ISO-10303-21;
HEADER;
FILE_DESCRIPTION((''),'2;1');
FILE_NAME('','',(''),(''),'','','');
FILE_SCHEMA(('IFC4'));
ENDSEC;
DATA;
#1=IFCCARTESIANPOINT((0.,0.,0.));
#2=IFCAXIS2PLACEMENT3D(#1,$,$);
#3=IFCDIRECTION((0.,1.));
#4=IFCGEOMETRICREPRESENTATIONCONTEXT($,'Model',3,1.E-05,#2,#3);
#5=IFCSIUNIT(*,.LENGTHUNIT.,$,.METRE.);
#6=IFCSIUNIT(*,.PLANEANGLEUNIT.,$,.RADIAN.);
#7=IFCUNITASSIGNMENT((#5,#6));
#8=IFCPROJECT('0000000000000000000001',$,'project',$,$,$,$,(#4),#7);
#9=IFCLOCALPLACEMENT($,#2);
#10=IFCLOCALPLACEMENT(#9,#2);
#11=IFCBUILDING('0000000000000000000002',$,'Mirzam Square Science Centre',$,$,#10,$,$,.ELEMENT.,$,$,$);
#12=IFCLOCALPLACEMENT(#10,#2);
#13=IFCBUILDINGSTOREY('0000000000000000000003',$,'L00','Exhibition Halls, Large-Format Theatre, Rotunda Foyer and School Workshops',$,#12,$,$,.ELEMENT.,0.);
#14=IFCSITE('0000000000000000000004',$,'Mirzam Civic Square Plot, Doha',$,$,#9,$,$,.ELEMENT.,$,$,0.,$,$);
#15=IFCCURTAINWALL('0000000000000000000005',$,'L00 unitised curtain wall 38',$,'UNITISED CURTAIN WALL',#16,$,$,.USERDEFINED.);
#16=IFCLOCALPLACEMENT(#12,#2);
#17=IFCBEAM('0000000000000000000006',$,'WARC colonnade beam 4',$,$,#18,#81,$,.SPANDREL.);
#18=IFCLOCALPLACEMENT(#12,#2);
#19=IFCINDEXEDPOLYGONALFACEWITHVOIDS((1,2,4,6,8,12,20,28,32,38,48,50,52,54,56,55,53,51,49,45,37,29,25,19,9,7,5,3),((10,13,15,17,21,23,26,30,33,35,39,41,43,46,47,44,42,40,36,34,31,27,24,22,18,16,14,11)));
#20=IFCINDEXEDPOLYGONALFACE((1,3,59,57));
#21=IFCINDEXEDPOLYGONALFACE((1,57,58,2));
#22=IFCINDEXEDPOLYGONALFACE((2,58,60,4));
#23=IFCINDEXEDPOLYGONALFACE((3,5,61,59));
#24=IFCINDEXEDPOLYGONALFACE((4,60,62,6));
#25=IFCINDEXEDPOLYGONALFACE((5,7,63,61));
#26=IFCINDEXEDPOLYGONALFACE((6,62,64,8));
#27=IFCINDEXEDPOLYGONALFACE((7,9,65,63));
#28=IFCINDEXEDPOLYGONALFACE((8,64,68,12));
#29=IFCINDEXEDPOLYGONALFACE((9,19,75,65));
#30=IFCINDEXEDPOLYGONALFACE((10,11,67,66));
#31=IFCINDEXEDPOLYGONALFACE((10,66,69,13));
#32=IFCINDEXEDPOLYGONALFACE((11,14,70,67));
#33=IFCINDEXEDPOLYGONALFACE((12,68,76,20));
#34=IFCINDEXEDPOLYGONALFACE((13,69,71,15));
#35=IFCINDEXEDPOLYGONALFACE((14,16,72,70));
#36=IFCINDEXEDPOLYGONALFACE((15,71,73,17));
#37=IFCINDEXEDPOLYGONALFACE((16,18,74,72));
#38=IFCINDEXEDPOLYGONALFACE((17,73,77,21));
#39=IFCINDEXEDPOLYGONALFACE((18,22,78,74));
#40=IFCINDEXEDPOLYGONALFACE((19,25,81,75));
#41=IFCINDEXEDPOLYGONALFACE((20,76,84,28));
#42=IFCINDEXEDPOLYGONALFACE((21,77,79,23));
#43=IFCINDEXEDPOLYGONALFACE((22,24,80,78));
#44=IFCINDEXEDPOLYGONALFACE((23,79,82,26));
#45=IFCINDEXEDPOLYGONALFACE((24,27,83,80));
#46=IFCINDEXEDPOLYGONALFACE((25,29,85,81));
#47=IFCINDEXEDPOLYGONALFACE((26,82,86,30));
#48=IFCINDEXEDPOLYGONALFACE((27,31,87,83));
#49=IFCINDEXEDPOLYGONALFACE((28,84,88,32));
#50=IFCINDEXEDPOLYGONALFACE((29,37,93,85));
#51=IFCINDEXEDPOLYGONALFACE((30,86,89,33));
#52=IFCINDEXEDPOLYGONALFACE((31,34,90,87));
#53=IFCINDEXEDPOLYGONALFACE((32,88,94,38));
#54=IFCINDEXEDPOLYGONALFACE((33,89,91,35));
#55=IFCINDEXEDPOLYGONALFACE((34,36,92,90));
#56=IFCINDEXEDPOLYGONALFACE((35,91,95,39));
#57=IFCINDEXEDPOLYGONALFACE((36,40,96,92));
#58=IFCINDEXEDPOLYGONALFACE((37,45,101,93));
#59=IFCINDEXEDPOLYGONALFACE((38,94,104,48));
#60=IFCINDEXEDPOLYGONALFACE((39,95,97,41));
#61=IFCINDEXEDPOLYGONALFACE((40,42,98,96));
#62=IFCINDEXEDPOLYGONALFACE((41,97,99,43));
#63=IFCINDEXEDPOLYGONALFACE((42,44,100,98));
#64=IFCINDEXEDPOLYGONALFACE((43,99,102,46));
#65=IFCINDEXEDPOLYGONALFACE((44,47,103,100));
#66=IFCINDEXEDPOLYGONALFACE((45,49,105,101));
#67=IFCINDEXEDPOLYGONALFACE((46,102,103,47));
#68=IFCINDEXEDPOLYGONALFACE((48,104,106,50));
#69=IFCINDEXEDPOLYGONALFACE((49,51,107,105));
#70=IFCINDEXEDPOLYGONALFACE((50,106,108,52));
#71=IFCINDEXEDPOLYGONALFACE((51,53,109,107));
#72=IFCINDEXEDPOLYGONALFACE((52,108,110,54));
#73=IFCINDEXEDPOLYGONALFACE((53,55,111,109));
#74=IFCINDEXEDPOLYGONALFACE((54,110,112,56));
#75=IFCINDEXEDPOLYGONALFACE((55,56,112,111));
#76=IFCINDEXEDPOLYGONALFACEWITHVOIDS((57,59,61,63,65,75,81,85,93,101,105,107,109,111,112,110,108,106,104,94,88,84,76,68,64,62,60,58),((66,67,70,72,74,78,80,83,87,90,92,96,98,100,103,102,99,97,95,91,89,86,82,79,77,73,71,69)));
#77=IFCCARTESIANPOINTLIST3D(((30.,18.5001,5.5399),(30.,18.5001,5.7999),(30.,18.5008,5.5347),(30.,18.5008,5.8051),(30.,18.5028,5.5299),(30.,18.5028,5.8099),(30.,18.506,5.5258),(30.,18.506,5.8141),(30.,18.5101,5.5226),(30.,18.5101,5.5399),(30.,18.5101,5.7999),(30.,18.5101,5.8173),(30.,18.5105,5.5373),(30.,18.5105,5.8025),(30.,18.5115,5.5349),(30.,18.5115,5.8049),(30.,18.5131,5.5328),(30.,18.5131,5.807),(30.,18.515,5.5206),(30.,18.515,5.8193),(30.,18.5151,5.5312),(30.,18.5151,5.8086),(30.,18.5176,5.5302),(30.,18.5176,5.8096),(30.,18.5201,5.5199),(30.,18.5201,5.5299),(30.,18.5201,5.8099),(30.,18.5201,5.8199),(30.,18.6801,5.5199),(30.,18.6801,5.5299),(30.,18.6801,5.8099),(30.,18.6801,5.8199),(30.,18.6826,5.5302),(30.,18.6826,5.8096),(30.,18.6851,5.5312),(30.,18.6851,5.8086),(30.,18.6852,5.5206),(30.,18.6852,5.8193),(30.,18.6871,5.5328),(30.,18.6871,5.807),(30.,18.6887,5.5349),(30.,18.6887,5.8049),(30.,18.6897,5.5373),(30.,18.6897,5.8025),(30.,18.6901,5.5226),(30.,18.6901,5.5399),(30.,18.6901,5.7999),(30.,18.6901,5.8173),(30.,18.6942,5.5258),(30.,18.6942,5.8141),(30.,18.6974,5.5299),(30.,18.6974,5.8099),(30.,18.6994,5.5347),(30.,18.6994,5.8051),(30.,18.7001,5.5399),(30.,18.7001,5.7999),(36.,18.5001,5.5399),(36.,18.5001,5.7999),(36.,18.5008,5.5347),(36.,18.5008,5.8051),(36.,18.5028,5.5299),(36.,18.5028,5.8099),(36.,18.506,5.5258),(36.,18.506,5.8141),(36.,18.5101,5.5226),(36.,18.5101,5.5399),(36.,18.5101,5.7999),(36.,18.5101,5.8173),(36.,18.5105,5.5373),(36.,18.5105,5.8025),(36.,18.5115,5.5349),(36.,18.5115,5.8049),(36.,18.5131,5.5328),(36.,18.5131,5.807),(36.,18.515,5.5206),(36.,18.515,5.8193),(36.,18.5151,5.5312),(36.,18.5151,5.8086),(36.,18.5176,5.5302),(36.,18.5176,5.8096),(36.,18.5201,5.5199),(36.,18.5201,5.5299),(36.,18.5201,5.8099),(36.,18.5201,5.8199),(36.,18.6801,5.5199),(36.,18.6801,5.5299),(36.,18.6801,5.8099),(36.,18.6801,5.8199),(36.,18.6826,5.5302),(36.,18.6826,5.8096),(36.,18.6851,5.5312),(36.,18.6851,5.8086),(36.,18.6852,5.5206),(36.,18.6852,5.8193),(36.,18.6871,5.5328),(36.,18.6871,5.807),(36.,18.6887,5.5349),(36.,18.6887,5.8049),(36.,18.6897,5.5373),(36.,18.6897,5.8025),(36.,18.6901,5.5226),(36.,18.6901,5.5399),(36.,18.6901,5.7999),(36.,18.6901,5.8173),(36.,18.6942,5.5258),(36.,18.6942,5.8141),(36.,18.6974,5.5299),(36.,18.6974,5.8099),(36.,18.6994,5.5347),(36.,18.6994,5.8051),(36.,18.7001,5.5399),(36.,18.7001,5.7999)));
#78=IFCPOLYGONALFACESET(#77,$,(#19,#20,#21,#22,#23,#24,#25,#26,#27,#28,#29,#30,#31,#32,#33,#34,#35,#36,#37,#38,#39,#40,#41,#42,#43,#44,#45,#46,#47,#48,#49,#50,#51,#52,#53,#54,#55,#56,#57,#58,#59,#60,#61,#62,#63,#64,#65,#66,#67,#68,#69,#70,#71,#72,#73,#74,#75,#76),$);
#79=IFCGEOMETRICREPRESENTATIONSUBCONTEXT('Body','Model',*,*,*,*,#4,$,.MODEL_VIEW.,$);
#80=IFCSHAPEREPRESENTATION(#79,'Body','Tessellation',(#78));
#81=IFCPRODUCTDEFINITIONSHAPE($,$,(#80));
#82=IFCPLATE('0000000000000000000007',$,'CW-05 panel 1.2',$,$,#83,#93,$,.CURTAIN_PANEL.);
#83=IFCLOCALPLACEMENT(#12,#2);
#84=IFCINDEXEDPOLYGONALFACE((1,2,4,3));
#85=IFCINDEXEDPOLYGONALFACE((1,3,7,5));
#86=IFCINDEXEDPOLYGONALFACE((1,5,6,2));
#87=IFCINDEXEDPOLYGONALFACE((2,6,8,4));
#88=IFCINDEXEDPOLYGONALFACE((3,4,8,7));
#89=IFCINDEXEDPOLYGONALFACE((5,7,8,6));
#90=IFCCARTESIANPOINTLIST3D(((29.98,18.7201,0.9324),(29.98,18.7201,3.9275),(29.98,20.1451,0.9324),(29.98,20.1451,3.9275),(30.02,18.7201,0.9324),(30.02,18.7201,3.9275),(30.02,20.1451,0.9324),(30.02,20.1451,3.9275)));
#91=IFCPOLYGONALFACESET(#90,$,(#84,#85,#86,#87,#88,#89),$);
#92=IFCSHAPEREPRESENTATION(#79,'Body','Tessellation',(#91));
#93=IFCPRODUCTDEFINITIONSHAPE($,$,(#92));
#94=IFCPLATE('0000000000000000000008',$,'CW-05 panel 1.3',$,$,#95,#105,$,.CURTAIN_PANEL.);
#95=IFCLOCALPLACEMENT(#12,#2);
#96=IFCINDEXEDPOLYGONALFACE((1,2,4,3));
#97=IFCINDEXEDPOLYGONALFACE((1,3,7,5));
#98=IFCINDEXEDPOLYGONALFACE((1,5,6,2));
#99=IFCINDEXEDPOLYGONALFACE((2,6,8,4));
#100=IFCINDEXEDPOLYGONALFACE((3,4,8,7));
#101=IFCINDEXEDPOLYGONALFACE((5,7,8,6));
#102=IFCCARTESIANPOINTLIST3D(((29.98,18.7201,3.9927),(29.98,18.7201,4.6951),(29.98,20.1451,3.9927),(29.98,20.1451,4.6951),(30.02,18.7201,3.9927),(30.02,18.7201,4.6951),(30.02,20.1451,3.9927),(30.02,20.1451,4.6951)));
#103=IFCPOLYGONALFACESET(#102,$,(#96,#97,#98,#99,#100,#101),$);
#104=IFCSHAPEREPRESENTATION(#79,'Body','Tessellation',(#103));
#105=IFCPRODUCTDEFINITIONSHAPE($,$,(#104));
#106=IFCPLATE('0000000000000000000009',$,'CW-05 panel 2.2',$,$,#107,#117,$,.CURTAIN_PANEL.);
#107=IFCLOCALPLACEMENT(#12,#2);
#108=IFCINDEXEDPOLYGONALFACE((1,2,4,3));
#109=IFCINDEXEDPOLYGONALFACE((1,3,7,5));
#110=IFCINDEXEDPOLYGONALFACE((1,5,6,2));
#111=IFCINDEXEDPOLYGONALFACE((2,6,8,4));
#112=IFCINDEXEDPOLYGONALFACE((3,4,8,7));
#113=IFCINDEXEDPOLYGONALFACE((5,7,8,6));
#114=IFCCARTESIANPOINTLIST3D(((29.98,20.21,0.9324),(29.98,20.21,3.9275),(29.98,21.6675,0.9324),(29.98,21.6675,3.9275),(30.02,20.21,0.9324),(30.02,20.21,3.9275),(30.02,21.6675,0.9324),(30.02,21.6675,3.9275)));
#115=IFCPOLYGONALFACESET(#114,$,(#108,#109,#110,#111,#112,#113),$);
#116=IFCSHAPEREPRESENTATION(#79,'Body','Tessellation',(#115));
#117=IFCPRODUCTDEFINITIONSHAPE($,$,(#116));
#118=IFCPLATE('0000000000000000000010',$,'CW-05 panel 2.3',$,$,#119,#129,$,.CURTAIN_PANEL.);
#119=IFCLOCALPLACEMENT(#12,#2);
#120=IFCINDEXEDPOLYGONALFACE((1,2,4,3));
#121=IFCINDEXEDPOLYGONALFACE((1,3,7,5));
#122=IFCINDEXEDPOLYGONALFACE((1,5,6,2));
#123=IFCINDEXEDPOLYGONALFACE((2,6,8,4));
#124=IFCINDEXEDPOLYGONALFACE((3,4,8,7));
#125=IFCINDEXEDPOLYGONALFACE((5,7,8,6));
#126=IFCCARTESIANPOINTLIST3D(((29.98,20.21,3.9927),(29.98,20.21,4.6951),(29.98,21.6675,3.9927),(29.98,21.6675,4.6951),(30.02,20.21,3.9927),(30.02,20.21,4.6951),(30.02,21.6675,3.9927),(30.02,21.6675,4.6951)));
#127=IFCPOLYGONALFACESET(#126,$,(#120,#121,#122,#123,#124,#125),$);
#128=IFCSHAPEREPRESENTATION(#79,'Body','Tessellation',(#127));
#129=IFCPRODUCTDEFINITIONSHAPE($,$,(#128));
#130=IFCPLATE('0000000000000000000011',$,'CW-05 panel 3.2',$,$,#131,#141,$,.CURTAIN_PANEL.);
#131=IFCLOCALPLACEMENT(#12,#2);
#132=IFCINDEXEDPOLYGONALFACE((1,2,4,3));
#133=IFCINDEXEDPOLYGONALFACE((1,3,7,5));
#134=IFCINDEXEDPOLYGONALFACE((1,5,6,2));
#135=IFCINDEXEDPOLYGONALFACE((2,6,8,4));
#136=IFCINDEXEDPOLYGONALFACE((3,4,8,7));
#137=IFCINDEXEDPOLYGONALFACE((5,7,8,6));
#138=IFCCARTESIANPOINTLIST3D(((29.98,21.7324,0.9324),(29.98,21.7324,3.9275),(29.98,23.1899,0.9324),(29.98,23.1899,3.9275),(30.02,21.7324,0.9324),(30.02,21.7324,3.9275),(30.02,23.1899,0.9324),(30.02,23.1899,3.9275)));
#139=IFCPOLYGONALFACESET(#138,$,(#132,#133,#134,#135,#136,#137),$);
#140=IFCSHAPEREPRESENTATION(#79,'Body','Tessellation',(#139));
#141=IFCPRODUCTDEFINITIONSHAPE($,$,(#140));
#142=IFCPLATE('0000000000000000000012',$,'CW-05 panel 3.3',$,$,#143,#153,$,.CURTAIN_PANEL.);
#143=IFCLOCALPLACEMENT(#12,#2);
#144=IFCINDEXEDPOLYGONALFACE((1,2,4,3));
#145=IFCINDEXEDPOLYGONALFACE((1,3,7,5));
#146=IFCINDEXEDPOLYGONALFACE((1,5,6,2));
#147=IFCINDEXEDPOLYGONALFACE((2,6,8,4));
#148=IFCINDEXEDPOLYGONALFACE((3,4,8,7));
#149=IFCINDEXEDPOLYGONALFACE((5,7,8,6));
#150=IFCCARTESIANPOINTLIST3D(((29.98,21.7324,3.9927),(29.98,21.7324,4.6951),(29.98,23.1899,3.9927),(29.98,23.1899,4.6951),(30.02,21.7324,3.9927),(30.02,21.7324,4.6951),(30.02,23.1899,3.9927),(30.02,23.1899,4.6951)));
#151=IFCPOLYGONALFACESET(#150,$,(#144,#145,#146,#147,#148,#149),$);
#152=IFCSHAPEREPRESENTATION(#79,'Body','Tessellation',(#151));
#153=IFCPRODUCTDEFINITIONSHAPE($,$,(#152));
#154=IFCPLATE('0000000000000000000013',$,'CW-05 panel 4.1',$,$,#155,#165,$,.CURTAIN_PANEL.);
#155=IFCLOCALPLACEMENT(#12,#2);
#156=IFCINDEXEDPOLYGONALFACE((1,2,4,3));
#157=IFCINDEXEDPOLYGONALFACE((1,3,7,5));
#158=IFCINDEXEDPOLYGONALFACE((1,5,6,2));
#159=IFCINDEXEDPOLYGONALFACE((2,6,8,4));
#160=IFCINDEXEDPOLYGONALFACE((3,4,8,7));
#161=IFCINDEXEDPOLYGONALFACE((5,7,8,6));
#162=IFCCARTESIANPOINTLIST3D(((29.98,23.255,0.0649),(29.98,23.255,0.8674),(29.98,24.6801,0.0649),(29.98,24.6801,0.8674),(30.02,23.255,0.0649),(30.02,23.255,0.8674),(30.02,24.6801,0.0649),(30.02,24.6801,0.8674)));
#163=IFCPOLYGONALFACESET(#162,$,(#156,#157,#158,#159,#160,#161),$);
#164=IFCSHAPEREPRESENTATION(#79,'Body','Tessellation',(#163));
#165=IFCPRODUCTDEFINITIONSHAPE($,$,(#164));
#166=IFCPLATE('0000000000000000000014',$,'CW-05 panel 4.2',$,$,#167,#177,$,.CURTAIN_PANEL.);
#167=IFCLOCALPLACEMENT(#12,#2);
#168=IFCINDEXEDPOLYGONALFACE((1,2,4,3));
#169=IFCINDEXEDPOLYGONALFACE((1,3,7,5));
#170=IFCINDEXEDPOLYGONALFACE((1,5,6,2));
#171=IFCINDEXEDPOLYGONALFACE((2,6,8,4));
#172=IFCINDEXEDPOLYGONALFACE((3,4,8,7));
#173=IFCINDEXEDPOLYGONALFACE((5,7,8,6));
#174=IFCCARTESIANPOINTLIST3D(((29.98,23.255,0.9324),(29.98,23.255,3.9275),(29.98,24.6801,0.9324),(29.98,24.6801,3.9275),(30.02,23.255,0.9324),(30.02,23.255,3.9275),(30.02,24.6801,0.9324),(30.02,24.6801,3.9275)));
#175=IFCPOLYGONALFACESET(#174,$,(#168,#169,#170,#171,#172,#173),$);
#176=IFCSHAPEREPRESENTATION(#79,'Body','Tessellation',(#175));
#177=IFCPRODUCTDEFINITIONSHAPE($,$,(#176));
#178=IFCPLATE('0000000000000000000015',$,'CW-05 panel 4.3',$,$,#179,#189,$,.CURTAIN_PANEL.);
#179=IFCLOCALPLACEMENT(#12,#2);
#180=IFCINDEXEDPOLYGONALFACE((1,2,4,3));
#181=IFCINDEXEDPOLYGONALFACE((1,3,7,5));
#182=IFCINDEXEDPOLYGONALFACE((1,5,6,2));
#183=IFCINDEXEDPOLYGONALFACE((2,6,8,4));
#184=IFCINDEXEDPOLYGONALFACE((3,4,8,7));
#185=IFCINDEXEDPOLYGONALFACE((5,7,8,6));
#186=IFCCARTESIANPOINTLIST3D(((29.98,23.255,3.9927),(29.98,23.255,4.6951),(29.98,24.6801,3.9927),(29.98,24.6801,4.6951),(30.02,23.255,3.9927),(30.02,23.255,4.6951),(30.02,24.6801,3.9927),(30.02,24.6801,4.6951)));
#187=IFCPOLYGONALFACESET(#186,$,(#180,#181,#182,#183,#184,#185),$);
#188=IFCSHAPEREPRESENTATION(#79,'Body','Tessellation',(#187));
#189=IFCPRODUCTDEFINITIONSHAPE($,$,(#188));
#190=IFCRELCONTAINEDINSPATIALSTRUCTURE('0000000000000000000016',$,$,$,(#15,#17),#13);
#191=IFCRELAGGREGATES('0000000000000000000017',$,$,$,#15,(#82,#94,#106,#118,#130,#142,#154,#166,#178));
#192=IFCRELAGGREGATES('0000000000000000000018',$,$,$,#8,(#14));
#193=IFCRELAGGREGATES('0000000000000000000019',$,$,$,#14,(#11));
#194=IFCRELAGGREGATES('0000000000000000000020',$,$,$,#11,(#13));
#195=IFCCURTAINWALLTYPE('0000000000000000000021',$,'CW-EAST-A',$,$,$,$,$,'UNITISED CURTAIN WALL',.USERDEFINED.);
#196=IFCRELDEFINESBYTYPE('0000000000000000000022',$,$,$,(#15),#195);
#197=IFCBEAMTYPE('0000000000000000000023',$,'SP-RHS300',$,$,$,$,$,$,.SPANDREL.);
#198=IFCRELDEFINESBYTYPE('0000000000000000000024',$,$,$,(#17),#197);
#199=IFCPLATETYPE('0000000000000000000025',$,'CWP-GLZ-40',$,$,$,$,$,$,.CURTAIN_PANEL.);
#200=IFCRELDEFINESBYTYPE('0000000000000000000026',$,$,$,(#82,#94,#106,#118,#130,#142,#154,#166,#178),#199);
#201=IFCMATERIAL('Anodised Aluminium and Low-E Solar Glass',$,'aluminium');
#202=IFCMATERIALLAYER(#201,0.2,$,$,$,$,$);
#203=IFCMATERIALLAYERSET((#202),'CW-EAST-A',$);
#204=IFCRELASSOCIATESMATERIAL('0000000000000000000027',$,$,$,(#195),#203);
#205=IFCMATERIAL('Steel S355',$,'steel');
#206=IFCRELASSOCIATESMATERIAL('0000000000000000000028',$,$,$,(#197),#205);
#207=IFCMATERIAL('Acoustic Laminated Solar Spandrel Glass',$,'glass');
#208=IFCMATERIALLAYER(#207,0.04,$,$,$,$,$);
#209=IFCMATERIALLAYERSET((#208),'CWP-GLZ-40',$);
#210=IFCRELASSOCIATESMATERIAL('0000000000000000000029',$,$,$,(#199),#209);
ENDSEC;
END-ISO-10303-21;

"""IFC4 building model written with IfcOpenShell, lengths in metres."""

from ifc_helpers import new_model, si_unit, direction, frame, origin, origin_2d, place, context, subcontext, project, spatial, rectangle, hollow_rectangle, extrude, material, layer, layer_set, material_profile, profile_set, type_object, element, aggregate, save


model = new_model("IFC4")

# Units and contexts
model_context = context("Model", 3, precision=1e-05, world=origin(), true_north=direction((0.0, 1.0)))
body_context = subcontext(model_context, "Body", "Model", "MODEL_VIEW")
ifc_project = project(units=[si_unit("LENGTHUNIT", "METRE"), si_unit("PLANEANGLEUNIT", "RADIAN")], contexts=[model_context])

# Site, building, storey
site_placement = place(None, origin())
site = spatial("IfcSite", under=ifc_project, at=site_placement, Name="Mirzam Civic Square Plot, Doha", CompositionType="ELEMENT", RefElevation=0.0)
building_placement = place(site_placement, origin())
building = spatial("IfcBuilding", under=site, at=building_placement, Name="Mirzam Square Science Centre", CompositionType="ELEMENT")
storey_placement = place(building_placement, origin())
storey = spatial("IfcBuildingStorey", under=building, at=storey_placement, Name="L00", Description="Exhibition Halls, Large-Format Theatre, Rotunda Foyer and School Workshops", CompositionType="ELEMENT", Elevation=0.0)

# Curtain wall
ifc_material_1 = material(Name="Anodised Aluminium and Low-E Solar Glass", Category="aluminium")
ifc_layer_1 = layer(ifc_material_1, 0.2)
ifc_layer_set_1 = layer_set([ifc_layer_1], Name="CW-EAST-A")
curtain_wall_type = type_object("IfcCurtainWallType", Name="CW-EAST-A", ElementType="UNITISED CURTAIN WALL", PredefinedType="USERDEFINED", material=ifc_layer_set_1)
curtain_wall_placement = place(storey_placement, origin())
curtain_wall = element("IfcCurtainWall", 1, at=curtain_wall_placement, inside=storey, type_object=curtain_wall_type, Name="L00 unitised curtain wall 38", ObjectType="UNITISED CURTAIN WALL", PredefinedType="USERDEFINED")

# Beam
ifc_material_2 = material(Name="Steel S355", Category="steel")
ifc_material_profile_1 = material_profile(ifc_material_2, hollow_rectangle(XDim=0.2, YDim=0.3, WallThickness=0.01, InnerFilletRadius=0.01, OuterFilletRadius=0.02, at=origin_2d()), Name="300x200x10.0RHS")
ifc_profile_set_1 = profile_set([ifc_material_profile_1], Name="Steel S355")
beam_type = type_object("IfcBeamType", Name="SP-RHS300", PredefinedType="SPANDREL", material=ifc_profile_set_1)
beam_placement = place(storey_placement, frame((30.0, 18.6001, 5.6699), z_axis=(1.0, 0.0, 0.0), x_axis=(0.0, 1.0, 0.0)))
element("IfcBeam", 2, at=beam_placement, inside=storey, type_object=beam_type, Name="WARC colonnade beam 4", PredefinedType="SPANDREL", context=body_context, shape_type="SweptSolid", body=[
    extrude(hollow_rectangle(XDim=0.2, YDim=0.3, WallThickness=0.01, InnerFilletRadius=0.01, OuterFilletRadius=0.02, at=origin_2d()), origin(), (0.0, 0.0, 1.0), 6.0),
])

# Plates
ifc_material_3 = material(Name="Acoustic Laminated Solar Spandrel Glass", Category="glass")
ifc_layer_2 = layer(ifc_material_3, 0.04)
ifc_layer_set_2 = layer_set([ifc_layer_2], Name="CWP-GLZ-40")
plate_type = type_object("IfcPlateType", Name="CWP-GLZ-40", PredefinedType="CURTAIN_PANEL", material=ifc_layer_set_2)
plate_1_placement = place(storey_placement, frame((30.0, 19.4326, 0.9324), z_axis=(0.0, 0.0, 1.0), x_axis=(0.0, 1.0, 0.0)))
plate_1 = element("IfcPlate", 3, at=plate_1_placement, type_object=plate_type, Name="CW-05 panel 1.2", PredefinedType="CURTAIN_PANEL", context=body_context, shape_type="SweptSolid", body=[
    extrude(rectangle(XDim=1.425, YDim=0.04, at=origin_2d()), origin(), (0.0, 0.0, 1.0), 2.9951),
])
plate_2_placement = place(storey_placement, frame((30.0, 19.4326, 3.9927), z_axis=(0.0, 0.0, 1.0), x_axis=(0.0, 1.0, 0.0)))
plate_2 = element("IfcPlate", 4, at=plate_2_placement, type_object=plate_type, Name="CW-05 panel 1.3", PredefinedType="CURTAIN_PANEL", context=body_context, shape_type="SweptSolid", body=[
    extrude(rectangle(XDim=1.425, YDim=0.04, at=origin_2d()), origin(), (0.0, 0.0, 1.0), 0.7024),
])
plate_3_placement = place(storey_placement, frame((30.0, 20.9387, 0.9324), z_axis=(0.0, 0.0, 1.0), x_axis=(0.0, 1.0, 0.0)))
plate_3 = element("IfcPlate", 5, at=plate_3_placement, type_object=plate_type, Name="CW-05 panel 2.2", PredefinedType="CURTAIN_PANEL", context=body_context, shape_type="SweptSolid", body=[
    extrude(rectangle(XDim=1.4575, YDim=0.04, at=origin_2d()), origin(), (0.0, 0.0, 1.0), 2.9951),
])
plate_4_placement = place(storey_placement, frame((30.0, 20.9387, 3.9927), z_axis=(0.0, 0.0, 1.0), x_axis=(0.0, 1.0, 0.0)))
plate_4 = element("IfcPlate", 6, at=plate_4_placement, type_object=plate_type, Name="CW-05 panel 2.3", PredefinedType="CURTAIN_PANEL", context=body_context, shape_type="SweptSolid", body=[
    extrude(rectangle(XDim=1.4575, YDim=0.04, at=origin_2d()), origin(), (0.0, 0.0, 1.0), 0.7024),
])
plate_5_placement = place(storey_placement, frame((30.0, 22.4612, 0.9324), z_axis=(0.0, 0.0, 1.0), x_axis=(0.0, 1.0, 0.0)))
plate_5 = element("IfcPlate", 7, at=plate_5_placement, type_object=plate_type, Name="CW-05 panel 3.2", PredefinedType="CURTAIN_PANEL", context=body_context, shape_type="SweptSolid", body=[
    extrude(rectangle(XDim=1.4575, YDim=0.04, at=origin_2d()), origin(), (0.0, 0.0, 1.0), 2.9951),
])
plate_6_placement = place(storey_placement, frame((30.0, 22.4612, 3.9927), z_axis=(0.0, 0.0, 1.0), x_axis=(0.0, 1.0, 0.0)))
plate_6 = element("IfcPlate", 8, at=plate_6_placement, type_object=plate_type, Name="CW-05 panel 3.3", PredefinedType="CURTAIN_PANEL", context=body_context, shape_type="SweptSolid", body=[
    extrude(rectangle(XDim=1.4575, YDim=0.04, at=origin_2d()), origin(), (0.0, 0.0, 1.0), 0.7024),
])
plate_7_placement = place(storey_placement, frame((30.0, 23.9675, 0.0649), z_axis=(0.0, 0.0, 1.0), x_axis=(0.0, 1.0, 0.0)))
plate_7 = element("IfcPlate", 9, at=plate_7_placement, type_object=plate_type, Name="CW-05 panel 4.1", PredefinedType="CURTAIN_PANEL", context=body_context, shape_type="SweptSolid", body=[
    extrude(rectangle(XDim=1.425, YDim=0.04, at=origin_2d()), origin(), (0.0, 0.0, 1.0), 0.8025),
])
plate_8_placement = place(storey_placement, frame((30.0, 23.9675, 0.9324), z_axis=(0.0, 0.0, 1.0), x_axis=(0.0, 1.0, 0.0)))
plate_8 = element("IfcPlate", 10, at=plate_8_placement, type_object=plate_type, Name="CW-05 panel 4.2", PredefinedType="CURTAIN_PANEL", context=body_context, shape_type="SweptSolid", body=[
    extrude(rectangle(XDim=1.425, YDim=0.04, at=origin_2d()), origin(), (0.0, 0.0, 1.0), 2.9951),
])
plate_9_placement = place(storey_placement, frame((30.0, 23.9675, 3.9927), z_axis=(0.0, 0.0, 1.0), x_axis=(0.0, 1.0, 0.0)))
plate_9 = element("IfcPlate", 11, at=plate_9_placement, type_object=plate_type, Name="CW-05 panel 4.3", PredefinedType="CURTAIN_PANEL", context=body_context, shape_type="SweptSolid", body=[
    extrude(rectangle(XDim=1.425, YDim=0.04, at=origin_2d()), origin(), (0.0, 0.0, 1.0), 0.7024),
])
aggregate(curtain_wall, [plate_1, plate_2, plate_3, plate_4, plate_5, plate_6, plate_7, plate_8, plate_9])

save(model, "model.ifc")
